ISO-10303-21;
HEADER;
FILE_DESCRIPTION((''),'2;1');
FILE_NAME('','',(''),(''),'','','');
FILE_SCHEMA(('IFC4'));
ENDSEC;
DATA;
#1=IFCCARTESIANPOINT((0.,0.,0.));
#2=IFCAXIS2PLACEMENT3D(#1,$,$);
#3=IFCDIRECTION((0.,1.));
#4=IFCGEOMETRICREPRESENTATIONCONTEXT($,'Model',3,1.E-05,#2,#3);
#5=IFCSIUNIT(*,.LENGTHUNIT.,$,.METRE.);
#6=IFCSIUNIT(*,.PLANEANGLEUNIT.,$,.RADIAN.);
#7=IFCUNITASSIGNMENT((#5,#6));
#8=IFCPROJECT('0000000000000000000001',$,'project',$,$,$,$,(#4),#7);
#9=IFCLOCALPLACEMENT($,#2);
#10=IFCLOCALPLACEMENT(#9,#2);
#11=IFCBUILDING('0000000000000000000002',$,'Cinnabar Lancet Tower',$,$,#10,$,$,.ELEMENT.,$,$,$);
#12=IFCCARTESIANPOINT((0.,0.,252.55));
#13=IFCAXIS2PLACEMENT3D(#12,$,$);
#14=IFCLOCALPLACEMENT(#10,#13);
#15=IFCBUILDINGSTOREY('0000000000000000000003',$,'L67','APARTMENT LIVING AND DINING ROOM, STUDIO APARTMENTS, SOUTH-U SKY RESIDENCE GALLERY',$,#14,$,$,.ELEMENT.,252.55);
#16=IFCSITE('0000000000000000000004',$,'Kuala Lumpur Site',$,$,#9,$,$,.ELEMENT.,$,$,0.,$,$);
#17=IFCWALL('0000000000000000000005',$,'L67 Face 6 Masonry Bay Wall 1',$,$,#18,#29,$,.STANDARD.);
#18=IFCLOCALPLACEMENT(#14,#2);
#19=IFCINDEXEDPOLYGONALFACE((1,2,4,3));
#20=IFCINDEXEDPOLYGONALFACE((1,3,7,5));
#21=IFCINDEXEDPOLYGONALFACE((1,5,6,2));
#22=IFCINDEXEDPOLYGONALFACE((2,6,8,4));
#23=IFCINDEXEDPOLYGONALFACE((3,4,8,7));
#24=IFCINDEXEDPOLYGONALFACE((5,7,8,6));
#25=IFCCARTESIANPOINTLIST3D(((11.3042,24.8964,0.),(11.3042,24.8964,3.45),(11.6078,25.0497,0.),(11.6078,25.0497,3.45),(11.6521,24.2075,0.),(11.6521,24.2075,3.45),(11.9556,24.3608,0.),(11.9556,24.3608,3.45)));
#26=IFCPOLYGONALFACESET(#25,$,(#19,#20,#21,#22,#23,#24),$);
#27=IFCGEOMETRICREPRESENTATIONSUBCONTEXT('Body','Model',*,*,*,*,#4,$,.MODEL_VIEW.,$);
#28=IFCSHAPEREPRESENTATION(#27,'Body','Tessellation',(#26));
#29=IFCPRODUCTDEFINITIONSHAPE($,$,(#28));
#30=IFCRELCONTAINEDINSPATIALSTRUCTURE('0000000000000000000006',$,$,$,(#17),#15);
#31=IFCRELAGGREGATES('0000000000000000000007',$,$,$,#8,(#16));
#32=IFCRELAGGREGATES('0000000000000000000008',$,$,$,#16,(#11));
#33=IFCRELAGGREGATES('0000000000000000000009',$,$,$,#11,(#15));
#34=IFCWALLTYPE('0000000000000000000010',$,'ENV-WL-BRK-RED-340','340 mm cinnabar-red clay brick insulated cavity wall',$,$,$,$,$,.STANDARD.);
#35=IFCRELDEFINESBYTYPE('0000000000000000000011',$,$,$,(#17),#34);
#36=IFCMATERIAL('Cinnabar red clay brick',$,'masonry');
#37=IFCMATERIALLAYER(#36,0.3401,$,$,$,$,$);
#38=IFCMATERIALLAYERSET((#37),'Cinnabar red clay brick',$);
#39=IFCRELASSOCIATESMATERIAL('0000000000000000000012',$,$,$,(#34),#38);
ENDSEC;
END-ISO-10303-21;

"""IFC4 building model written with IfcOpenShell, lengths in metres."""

from ifc_helpers import new_model, si_unit, direction, frame, frame_2d, origin, place, context, subcontext, project, spatial, rectangle, extrude, material, layer, layer_set, type_object, element, save


model = new_model("IFC4")

# Units and contexts
model_context = context("Model", 3, precision=1e-05, world=origin(), true_north=direction((0.0, 1.0)))
body_context = subcontext(model_context, "Body", "Model", "MODEL_VIEW")
ifc_project = project(units=[si_unit("LENGTHUNIT", "METRE"), si_unit("PLANEANGLEUNIT", "RADIAN")], contexts=[model_context])

# Site, building, storey
site_placement = place(None, origin())
site = spatial("IfcSite", under=ifc_project, at=site_placement, Name="Kuala Lumpur Site", CompositionType="ELEMENT", RefElevation=0.0)
building_placement = place(site_placement, origin())
building = spatial("IfcBuilding", under=site, at=building_placement, Name="Cinnabar Lancet Tower", CompositionType="ELEMENT")
storey_placement = place(building_placement, frame((0.0, 0.0, 252.55)))
storey = spatial("IfcBuildingStorey", under=building, at=storey_placement, Name="L67", Description="APARTMENT LIVING AND DINING ROOM, STUDIO APARTMENTS, SOUTH-U SKY RESIDENCE GALLERY", CompositionType="ELEMENT", Elevation=252.55)

# Shared definitions
ifc_material_1 = material(Name="Cinnabar red clay brick", Category="masonry")
ifc_layer_1 = layer(ifc_material_1, 0.3401)
ifc_layer_set_1 = layer_set([ifc_layer_1], Name="Cinnabar red clay brick")
wall_type_1 = type_object("IfcWallType", Name="ENV-WL-BRK-RED-340", Description="340 mm cinnabar-red clay brick insulated cavity wall", PredefinedType="STANDARD", material=ifc_layer_set_1)

# Wall
for number, where, z_axis, x_axis, name in (
    (1, (11.4561, 24.9729, 0.0), (0.0, 0.0, 1.0), (0.450753, -0.892649, 0.0), "L67 Face 6 Masonry Bay Wall 1"),
):
    element("IfcWall", number, at=place(storey_placement, frame(where, z_axis=z_axis, x_axis=x_axis)), inside=storey, type_object=wall_type_1, Name=name, PredefinedType="STANDARD", context=body_context, shape_type="SweptSolid", body=[
        extrude(rectangle(XDim=0.7717, YDim=0.3401, at=frame_2d((0.3857, 0.0))), origin(), (0.0, 0.0, 1.0), 3.45),
    ])

save(model, "model.ifc")
